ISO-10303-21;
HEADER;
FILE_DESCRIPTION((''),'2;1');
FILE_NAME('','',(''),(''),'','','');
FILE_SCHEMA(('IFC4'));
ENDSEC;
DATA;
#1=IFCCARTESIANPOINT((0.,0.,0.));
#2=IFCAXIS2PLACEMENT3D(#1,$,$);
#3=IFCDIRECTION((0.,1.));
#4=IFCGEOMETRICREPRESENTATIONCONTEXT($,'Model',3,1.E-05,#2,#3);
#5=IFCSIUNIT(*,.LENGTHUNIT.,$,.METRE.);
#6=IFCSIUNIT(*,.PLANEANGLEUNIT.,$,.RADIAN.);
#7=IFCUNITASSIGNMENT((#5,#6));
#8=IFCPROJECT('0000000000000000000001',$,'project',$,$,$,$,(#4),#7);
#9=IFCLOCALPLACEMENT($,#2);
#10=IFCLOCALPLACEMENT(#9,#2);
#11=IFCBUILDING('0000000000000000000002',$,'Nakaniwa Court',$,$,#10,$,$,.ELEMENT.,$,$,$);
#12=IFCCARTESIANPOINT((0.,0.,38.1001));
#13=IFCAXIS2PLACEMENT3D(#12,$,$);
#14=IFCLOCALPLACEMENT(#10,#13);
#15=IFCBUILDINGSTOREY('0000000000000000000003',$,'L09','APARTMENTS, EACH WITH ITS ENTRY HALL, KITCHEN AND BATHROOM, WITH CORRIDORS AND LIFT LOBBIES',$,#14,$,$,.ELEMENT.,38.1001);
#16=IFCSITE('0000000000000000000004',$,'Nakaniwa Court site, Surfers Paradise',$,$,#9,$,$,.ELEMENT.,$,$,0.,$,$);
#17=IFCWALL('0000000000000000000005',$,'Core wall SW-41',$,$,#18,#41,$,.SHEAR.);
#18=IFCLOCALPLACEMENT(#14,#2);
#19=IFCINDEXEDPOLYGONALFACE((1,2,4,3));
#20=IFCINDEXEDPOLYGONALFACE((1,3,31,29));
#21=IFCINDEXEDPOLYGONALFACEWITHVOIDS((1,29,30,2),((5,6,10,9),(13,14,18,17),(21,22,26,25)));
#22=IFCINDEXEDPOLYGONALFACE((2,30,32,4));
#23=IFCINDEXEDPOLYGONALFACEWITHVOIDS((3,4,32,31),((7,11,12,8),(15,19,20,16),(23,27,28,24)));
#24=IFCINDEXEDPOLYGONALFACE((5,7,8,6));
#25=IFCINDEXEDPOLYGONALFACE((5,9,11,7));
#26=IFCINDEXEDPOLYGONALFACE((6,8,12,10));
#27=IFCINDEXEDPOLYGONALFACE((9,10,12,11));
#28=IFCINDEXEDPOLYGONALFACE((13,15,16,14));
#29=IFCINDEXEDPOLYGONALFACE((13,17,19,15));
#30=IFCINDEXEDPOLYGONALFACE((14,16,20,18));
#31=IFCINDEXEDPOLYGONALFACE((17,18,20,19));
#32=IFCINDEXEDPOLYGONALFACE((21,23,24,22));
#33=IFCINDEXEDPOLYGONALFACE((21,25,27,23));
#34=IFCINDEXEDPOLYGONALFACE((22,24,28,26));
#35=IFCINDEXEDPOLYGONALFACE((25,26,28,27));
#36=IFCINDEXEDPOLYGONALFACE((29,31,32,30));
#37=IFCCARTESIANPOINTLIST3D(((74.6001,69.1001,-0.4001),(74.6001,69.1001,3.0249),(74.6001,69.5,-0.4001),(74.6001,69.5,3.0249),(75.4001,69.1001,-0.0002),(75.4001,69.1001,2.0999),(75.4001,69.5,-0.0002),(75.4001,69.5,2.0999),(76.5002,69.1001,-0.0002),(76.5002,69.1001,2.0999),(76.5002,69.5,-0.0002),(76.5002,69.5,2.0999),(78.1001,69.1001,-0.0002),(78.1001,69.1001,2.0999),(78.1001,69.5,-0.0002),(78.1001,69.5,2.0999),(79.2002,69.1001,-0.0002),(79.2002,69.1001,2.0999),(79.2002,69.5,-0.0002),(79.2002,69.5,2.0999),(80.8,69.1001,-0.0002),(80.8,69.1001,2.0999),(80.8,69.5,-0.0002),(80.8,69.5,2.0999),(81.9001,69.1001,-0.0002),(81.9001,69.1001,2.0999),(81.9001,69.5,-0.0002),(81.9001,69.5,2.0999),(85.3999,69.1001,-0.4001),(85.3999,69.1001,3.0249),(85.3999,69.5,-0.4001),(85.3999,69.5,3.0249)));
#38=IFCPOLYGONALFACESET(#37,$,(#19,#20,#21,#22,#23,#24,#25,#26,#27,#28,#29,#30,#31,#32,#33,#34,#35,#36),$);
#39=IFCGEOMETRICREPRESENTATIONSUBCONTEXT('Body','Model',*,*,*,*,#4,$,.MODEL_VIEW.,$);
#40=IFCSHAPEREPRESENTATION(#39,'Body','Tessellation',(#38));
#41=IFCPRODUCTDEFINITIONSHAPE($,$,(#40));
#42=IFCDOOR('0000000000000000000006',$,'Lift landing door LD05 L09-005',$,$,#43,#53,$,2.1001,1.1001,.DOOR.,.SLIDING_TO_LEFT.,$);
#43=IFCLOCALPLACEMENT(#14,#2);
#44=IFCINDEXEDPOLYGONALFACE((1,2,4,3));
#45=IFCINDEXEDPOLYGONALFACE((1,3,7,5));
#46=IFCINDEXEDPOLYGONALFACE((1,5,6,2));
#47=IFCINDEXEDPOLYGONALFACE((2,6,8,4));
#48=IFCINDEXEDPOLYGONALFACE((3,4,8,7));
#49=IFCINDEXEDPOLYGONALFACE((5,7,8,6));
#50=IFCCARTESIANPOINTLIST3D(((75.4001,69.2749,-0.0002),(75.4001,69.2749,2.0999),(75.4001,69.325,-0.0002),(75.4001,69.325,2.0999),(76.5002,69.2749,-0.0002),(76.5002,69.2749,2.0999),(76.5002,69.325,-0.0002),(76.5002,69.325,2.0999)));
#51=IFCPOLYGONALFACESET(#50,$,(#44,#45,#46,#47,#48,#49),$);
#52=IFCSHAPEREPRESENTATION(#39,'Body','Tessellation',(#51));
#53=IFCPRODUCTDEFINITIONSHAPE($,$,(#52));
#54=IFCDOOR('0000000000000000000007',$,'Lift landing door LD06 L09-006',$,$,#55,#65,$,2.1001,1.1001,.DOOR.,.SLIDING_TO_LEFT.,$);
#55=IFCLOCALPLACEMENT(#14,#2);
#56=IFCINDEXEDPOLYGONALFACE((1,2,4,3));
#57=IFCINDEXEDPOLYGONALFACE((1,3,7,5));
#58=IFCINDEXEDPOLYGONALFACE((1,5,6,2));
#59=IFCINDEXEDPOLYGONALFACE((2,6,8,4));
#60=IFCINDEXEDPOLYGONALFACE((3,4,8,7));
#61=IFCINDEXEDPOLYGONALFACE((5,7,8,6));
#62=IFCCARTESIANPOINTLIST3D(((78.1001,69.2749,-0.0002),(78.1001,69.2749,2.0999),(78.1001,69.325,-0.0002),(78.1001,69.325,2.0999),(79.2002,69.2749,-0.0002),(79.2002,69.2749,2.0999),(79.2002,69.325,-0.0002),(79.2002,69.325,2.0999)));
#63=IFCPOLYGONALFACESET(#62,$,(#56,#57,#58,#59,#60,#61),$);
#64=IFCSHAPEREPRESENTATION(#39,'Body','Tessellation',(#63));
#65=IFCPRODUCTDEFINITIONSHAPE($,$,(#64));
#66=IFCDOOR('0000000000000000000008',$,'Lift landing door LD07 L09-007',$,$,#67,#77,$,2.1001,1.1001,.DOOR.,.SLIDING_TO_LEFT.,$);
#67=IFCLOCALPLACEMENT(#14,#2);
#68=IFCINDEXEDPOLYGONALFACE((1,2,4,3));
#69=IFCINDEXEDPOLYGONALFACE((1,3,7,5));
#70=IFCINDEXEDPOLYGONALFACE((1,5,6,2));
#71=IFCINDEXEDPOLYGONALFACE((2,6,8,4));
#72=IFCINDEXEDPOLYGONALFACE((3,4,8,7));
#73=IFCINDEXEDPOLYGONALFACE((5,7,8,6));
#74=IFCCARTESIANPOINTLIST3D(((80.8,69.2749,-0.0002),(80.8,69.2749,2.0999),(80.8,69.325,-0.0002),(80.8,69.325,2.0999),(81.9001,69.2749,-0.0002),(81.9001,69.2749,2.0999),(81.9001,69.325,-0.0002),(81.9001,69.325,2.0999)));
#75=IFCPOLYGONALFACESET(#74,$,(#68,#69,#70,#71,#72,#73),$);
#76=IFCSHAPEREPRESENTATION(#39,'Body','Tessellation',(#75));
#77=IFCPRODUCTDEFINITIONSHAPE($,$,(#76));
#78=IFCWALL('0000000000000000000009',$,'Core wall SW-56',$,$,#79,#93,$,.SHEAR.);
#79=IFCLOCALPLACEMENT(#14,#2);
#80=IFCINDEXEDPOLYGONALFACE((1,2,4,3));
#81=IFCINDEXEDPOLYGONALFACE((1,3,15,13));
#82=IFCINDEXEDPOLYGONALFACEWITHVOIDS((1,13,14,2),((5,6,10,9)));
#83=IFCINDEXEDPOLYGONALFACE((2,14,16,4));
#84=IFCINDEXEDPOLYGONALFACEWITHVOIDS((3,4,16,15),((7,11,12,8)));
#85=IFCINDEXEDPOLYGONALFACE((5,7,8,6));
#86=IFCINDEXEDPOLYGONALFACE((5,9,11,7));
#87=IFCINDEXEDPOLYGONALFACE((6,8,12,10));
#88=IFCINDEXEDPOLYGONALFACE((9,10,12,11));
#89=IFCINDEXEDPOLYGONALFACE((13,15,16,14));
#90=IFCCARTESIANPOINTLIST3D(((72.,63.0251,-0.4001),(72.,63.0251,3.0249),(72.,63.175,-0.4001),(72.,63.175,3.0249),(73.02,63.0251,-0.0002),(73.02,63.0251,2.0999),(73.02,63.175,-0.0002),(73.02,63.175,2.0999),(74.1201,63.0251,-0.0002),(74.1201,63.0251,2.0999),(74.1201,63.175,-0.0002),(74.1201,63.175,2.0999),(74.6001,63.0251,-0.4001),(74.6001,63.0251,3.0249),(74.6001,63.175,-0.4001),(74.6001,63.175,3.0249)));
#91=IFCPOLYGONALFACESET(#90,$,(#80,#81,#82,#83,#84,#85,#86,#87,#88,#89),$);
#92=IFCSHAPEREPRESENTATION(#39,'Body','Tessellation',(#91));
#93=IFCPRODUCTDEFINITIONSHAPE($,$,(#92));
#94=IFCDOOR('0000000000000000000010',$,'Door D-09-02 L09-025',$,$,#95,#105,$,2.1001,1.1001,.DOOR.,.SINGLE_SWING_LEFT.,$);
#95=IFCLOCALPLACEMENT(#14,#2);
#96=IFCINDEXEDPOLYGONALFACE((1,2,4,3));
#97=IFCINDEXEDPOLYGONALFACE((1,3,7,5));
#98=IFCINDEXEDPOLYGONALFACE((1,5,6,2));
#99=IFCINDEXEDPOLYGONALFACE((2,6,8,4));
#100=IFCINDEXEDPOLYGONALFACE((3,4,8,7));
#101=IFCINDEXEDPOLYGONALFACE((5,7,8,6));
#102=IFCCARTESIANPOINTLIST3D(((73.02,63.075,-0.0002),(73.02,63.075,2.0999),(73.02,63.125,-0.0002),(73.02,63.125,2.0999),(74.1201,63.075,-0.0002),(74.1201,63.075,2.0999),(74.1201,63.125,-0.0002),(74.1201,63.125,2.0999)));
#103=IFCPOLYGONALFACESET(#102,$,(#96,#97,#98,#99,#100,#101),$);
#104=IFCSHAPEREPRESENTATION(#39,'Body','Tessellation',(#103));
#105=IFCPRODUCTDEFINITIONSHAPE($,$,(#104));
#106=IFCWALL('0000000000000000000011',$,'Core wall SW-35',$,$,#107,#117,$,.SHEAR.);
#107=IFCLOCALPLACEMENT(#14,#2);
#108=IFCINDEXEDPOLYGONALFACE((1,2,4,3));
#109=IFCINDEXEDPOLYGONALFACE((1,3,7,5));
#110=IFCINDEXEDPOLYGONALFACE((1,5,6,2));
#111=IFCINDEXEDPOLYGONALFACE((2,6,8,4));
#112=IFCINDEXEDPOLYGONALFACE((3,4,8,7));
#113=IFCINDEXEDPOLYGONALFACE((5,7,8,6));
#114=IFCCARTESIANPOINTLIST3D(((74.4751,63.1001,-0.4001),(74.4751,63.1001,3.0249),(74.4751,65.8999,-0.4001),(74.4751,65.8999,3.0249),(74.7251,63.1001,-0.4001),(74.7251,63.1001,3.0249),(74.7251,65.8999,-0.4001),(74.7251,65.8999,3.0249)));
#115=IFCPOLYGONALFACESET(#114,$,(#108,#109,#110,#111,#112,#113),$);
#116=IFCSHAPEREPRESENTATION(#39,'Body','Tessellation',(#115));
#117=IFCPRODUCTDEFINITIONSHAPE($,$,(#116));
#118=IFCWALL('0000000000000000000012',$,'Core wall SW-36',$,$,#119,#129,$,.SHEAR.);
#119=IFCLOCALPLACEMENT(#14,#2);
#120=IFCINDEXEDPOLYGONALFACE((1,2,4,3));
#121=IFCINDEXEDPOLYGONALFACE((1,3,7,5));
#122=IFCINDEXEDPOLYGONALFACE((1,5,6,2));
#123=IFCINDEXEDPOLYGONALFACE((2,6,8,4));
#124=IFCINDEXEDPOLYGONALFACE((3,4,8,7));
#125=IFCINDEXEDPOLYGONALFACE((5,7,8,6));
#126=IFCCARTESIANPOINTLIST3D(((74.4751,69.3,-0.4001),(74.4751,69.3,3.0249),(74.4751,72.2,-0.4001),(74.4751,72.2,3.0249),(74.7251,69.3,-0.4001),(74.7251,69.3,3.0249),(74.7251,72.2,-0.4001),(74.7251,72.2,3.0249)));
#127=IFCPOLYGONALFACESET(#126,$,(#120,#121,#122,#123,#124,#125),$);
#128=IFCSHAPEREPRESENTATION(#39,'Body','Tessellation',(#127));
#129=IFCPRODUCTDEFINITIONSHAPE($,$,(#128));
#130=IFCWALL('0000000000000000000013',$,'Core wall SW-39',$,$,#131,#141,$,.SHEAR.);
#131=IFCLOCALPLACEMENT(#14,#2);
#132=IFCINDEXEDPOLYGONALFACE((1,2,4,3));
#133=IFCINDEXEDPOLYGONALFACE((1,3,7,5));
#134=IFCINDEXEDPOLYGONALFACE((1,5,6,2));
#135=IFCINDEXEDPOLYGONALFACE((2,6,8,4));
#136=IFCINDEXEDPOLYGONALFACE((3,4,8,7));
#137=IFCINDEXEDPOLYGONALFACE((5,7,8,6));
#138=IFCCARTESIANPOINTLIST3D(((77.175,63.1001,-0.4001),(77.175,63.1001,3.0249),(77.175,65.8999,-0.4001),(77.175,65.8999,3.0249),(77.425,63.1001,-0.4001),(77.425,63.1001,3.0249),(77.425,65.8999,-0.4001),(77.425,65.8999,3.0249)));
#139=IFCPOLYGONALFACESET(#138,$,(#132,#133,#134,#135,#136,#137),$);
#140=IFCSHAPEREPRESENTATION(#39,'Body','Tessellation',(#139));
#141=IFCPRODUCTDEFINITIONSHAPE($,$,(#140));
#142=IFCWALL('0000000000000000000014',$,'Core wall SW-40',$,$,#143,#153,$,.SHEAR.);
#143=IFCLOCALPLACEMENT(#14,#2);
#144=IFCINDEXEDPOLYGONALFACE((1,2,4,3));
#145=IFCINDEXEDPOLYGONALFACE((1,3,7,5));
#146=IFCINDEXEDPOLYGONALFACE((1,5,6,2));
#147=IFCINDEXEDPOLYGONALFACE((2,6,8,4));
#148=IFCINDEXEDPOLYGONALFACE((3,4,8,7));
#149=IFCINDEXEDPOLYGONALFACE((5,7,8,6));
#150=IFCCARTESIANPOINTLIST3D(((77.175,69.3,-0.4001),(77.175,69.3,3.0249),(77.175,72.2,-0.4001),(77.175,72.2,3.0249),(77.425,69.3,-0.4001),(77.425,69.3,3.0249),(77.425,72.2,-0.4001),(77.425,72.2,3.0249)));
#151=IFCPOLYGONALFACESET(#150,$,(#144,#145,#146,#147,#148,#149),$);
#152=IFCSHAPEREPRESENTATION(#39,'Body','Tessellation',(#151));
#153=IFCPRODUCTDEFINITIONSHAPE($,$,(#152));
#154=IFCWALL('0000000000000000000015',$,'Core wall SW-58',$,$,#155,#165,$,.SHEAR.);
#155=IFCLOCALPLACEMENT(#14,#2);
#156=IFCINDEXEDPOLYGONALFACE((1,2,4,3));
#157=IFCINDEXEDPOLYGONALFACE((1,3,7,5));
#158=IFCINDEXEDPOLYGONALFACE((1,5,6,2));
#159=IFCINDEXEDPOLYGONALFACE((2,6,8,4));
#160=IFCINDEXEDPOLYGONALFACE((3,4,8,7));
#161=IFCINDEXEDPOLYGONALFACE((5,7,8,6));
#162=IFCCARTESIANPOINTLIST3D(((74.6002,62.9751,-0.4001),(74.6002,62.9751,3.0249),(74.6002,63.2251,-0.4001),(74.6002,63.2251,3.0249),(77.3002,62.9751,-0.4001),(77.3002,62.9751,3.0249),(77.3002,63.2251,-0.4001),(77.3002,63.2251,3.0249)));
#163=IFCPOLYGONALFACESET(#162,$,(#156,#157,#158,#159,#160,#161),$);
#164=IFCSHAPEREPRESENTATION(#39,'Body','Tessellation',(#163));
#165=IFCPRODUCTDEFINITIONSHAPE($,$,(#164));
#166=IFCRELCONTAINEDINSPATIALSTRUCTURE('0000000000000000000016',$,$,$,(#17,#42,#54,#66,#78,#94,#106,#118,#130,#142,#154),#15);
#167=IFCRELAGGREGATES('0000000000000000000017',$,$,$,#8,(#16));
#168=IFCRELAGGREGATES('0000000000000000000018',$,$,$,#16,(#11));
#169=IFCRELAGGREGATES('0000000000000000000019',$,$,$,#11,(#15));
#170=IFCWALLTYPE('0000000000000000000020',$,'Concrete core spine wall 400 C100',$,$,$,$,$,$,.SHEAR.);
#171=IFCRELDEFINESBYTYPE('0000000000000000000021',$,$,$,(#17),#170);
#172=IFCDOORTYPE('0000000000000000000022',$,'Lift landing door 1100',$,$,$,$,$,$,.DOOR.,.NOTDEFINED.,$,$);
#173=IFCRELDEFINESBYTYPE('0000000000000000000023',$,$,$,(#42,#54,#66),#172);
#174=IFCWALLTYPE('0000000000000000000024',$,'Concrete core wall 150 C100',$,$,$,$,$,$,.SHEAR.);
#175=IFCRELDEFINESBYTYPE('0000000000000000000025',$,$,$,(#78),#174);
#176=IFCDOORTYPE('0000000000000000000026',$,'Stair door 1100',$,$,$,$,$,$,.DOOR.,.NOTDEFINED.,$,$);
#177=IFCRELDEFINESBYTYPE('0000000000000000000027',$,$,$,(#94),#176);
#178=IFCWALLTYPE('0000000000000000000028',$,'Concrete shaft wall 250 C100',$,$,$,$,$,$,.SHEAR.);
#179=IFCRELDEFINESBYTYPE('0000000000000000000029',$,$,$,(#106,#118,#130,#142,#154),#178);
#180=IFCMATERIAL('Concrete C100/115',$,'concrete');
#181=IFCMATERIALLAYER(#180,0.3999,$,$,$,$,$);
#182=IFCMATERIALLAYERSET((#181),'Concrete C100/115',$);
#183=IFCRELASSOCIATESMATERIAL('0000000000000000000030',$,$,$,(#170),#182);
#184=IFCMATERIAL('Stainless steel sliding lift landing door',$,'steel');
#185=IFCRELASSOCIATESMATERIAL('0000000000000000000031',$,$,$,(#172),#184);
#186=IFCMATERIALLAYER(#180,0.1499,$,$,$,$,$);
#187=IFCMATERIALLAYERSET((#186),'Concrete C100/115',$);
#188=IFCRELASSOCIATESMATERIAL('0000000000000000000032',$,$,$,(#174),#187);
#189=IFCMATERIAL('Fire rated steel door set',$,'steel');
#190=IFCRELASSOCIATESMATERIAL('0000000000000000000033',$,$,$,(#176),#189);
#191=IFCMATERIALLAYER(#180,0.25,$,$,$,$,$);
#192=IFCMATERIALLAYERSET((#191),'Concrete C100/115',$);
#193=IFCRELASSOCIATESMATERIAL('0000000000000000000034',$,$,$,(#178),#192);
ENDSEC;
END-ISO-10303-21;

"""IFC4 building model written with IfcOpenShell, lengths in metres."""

from ifc_helpers import new_model, si_unit, direction, frame, frame_2d, origin, place, context, subcontext, project, spatial, rectangle, extrude, material, layer, layer_set, type_object, element, fill, save


model = new_model("IFC4")

# Units and contexts
model_context = context("Model", 3, precision=1e-05, world=origin(), true_north=direction((0.0, 1.0)))
body_context = subcontext(model_context, "Body", "Model", "MODEL_VIEW")
ifc_project = project(units=[si_unit("LENGTHUNIT", "METRE"), si_unit("PLANEANGLEUNIT", "RADIAN")], contexts=[model_context])

# Site, building, storey
site_placement = place(None, origin())
site = spatial("IfcSite", under=ifc_project, at=site_placement, Name="Nakaniwa Court site, Surfers Paradise", CompositionType="ELEMENT", RefElevation=0.0)
building_placement = place(site_placement, origin())
building = spatial("IfcBuilding", under=site, at=building_placement, Name="Nakaniwa Court", CompositionType="ELEMENT")
storey_placement = place(building_placement, frame((0.0, 0.0, 38.1001)))
storey = spatial("IfcBuildingStorey", under=building, at=storey_placement, Name="L09", Description="APARTMENTS, EACH WITH ITS ENTRY HALL, KITCHEN AND BATHROOM, WITH CORRIDORS AND LIFT LOBBIES", CompositionType="ELEMENT", Elevation=38.1001)

# Shared definitions
ifc_material_1 = material(Name="Fire rated steel door set", Category="steel")

# Shared definitions
ifc_material_2 = material(Name="Concrete C100/115", Category="concrete")

# Wall, openings, doors
ifc_layer_1 = layer(ifc_material_2, 0.3999)
ifc_layer_set_1 = layer_set([ifc_layer_1], Name="Concrete C100/115")
wall_type_1 = type_object("IfcWallType", Name="Concrete core spine wall 400 C100", PredefinedType="SHEAR", material=ifc_layer_set_1)
wall_1_placement = place(storey_placement, frame((74.6001, 69.3, -0.4001), z_axis=(0.0, 0.0, 1.0), x_axis=(1.0, 0.0, 0.0)))
wall_1 = element("IfcWall", 1, at=wall_1_placement, inside=storey, type_object=wall_type_1, Name="Core wall SW-41", PredefinedType="SHEAR", context=body_context, shape_type="SweptSolid", body=[
    extrude(rectangle(XDim=10.7998, YDim=0.3999, at=frame_2d((5.3999, 0.0))), origin(), (0.0, 0.0, 1.0), 3.425),
])
opening_1_placement = place(wall_1_placement, frame((0.8, 0.0, 0.3999)))
opening_1 = element("IfcOpeningElement", 2, at=opening_1_placement, cuts=wall_1, PredefinedType="OPENING", context=body_context, shape_type="SweptSolid", body=[
    extrude(rectangle(XDim=1.1001, YDim=2.1001, at=frame_2d((0.55, 1.05))), frame((0.0, 0.21, 0.0), z_axis=(0.0, -1.0, 0.0), x_axis=(1.0, 0.0, 0.0)), (0.0, 0.0, 1.0), 0.4199),
])
opening_2_placement = place(wall_1_placement, frame((3.5, 0.0, 0.3999)))
opening_2 = element("IfcOpeningElement", 3, at=opening_2_placement, cuts=wall_1, PredefinedType="OPENING", context=body_context, shape_type="SweptSolid", body=[
    extrude(rectangle(XDim=1.1001, YDim=2.1001, at=frame_2d((0.55, 1.05))), frame((0.0, 0.21, 0.0), z_axis=(0.0, -1.0, 0.0), x_axis=(1.0, 0.0, 0.0)), (0.0, 0.0, 1.0), 0.4199),
])
opening_3_placement = place(wall_1_placement, frame((6.2, 0.0, 0.3999)))
opening_3 = element("IfcOpeningElement", 4, at=opening_3_placement, cuts=wall_1, PredefinedType="OPENING", context=body_context, shape_type="SweptSolid", body=[
    extrude(rectangle(XDim=1.1001, YDim=2.1001, at=frame_2d((0.55, 1.05))), frame((0.0, 0.21, 0.0), z_axis=(0.0, -1.0, 0.0), x_axis=(1.0, 0.0, 0.0)), (0.0, 0.0, 1.0), 0.4199),
])
ifc_material_3 = material(Name="Stainless steel sliding lift landing door", Category="steel")
door_type_1 = type_object("IfcDoorType", Name="Lift landing door 1100", OperationType="NOTDEFINED", PredefinedType="DOOR", material=ifc_material_3)
door_1_placement = place(opening_1_placement, origin())
door_1 = element("IfcDoor", 5, at=door_1_placement, inside=storey, type_object=door_type_1, Name="Lift landing door LD05 L09-005", OperationType="SLIDING_TO_LEFT", OverallHeight=2.1001, OverallWidth=1.1001, PredefinedType="DOOR", context=body_context, shape_type="SweptSolid", body=[
    extrude(rectangle(XDim=1.1001, YDim=2.1001, at=frame_2d((0.55, 1.05))), frame((0.0, 0.0249, 0.0), z_axis=(0.0, -1.0, 0.0), x_axis=(1.0, 0.0, 0.0)), (0.0, 0.0, 1.0), 0.05),
])
fill(opening_1, door_1)
door_2_placement = place(opening_2_placement, origin())
door_2 = element("IfcDoor", 6, at=door_2_placement, inside=storey, type_object=door_type_1, Name="Lift landing door LD06 L09-006", OperationType="SLIDING_TO_LEFT", OverallHeight=2.1001, OverallWidth=1.1001, PredefinedType="DOOR", context=body_context, shape_type="SweptSolid", body=[
    extrude(rectangle(XDim=1.1001, YDim=2.1001, at=frame_2d((0.55, 1.05))), frame((0.0, 0.0249, 0.0), z_axis=(0.0, -1.0, 0.0), x_axis=(1.0, 0.0, 0.0)), (0.0, 0.0, 1.0), 0.05),
])
fill(opening_2, door_2)
door_3_placement = place(opening_3_placement, origin())
door_3 = element("IfcDoor", 7, at=door_3_placement, inside=storey, type_object=door_type_1, Name="Lift landing door LD07 L09-007", OperationType="SLIDING_TO_LEFT", OverallHeight=2.1001, OverallWidth=1.1001, PredefinedType="DOOR", context=body_context, shape_type="SweptSolid", body=[
    extrude(rectangle(XDim=1.1001, YDim=2.1001, at=frame_2d((0.55, 1.05))), frame((0.0, 0.0249, 0.0), z_axis=(0.0, -1.0, 0.0), x_axis=(1.0, 0.0, 0.0)), (0.0, 0.0, 1.0), 0.05),
])
fill(opening_3, door_3)

# Wall, opening, door
ifc_layer_2 = layer(ifc_material_2, 0.1499)
ifc_layer_set_2 = layer_set([ifc_layer_2], Name="Concrete C100/115")
wall_type_2 = type_object("IfcWallType", Name="Concrete core wall 150 C100", PredefinedType="SHEAR", material=ifc_layer_set_2)
wall_2_placement = place(storey_placement, frame((72.0, 63.1001, -0.4001), z_axis=(0.0, 0.0, 1.0), x_axis=(1.0, 0.0, 0.0)))
wall_2 = element("IfcWall", 8, at=wall_2_placement, inside=storey, type_object=wall_type_2, Name="Core wall SW-56", PredefinedType="SHEAR", context=body_context, shape_type="SweptSolid", body=[
    extrude(rectangle(XDim=2.6001, YDim=0.1499, at=frame_2d((1.3, 0.0))), origin(), (0.0, 0.0, 1.0), 3.425),
])
opening_4_placement = place(wall_2_placement, frame((1.02, 0.0, 0.3999)))
opening_4 = element("IfcOpeningElement", 9, at=opening_4_placement, cuts=wall_2, PredefinedType="OPENING", context=body_context, shape_type="SweptSolid", body=[
    extrude(rectangle(XDim=1.1001, YDim=2.1001, at=frame_2d((0.55, 1.05))), frame((0.0, 0.085, 0.0), z_axis=(0.0, -1.0, 0.0), x_axis=(1.0, 0.0, 0.0)), (0.0, 0.0, 1.0), 0.1699),
])
door_type_2 = type_object("IfcDoorType", Name="Stair door 1100", OperationType="NOTDEFINED", PredefinedType="DOOR", material=ifc_material_1)
door_4_placement = place(opening_4_placement, origin())
door_4 = element("IfcDoor", 10, at=door_4_placement, inside=storey, type_object=door_type_2, Name="Door D-09-02 L09-025", OperationType="SINGLE_SWING_LEFT", OverallHeight=2.1001, OverallWidth=1.1001, PredefinedType="DOOR", context=body_context, shape_type="SweptSolid", body=[
    extrude(rectangle(XDim=1.1001, YDim=2.1001, at=frame_2d((0.55, 1.05))), frame((0.0, 0.0249, 0.0), z_axis=(0.0, -1.0, 0.0), x_axis=(1.0, 0.0, 0.0)), (0.0, 0.0, 1.0), 0.05),
])
fill(opening_4, door_4)

# Walls
ifc_layer_3 = layer(ifc_material_2, 0.25)
ifc_layer_set_3 = layer_set([ifc_layer_3], Name="Concrete C100/115")
wall_type_3 = type_object("IfcWallType", Name="Concrete shaft wall 250 C100", PredefinedType="SHEAR", material=ifc_layer_set_3)
wall_3_placement = place(storey_placement, frame((74.6001, 63.1001, -0.4001), z_axis=(0.0, 0.0, 1.0), x_axis=(0.0, 1.0, 0.0)))
element("IfcWall", 11, at=wall_3_placement, inside=storey, type_object=wall_type_3, Name="Core wall SW-35", PredefinedType="SHEAR", context=body_context, shape_type="SweptSolid", body=[
    extrude(rectangle(XDim=2.7998, YDim=0.25, at=frame_2d((1.3999, 0.0))), origin(), (0.0, 0.0, 1.0), 3.425),
])
wall_4_placement = place(storey_placement, frame((74.6001, 69.3, -0.4001), z_axis=(0.0, 0.0, 1.0), x_axis=(0.0, 1.0, 0.0)))
element("IfcWall", 12, at=wall_4_placement, inside=storey, type_object=wall_type_3, Name="Core wall SW-36", PredefinedType="SHEAR", context=body_context, shape_type="SweptSolid", body=[
    extrude(rectangle(XDim=2.8999, YDim=0.25, at=frame_2d((1.45, 0.0))), origin(), (0.0, 0.0, 1.0), 3.425),
])
wall_5_placement = place(storey_placement, frame((77.3, 63.1001, -0.4001), z_axis=(0.0, 0.0, 1.0), x_axis=(0.0, 1.0, 0.0)))
element("IfcWall", 13, at=wall_5_placement, inside=storey, type_object=wall_type_3, Name="Core wall SW-39", PredefinedType="SHEAR", context=body_context, shape_type="SweptSolid", body=[
    extrude(rectangle(XDim=2.7998, YDim=0.25, at=frame_2d((1.3999, 0.0))), origin(), (0.0, 0.0, 1.0), 3.425),
])
wall_6_placement = place(storey_placement, frame((77.3, 69.3, -0.4001), z_axis=(0.0, 0.0, 1.0), x_axis=(0.0, 1.0, 0.0)))
element("IfcWall", 14, at=wall_6_placement, inside=storey, type_object=wall_type_3, Name="Core wall SW-40", PredefinedType="SHEAR", context=body_context, shape_type="SweptSolid", body=[
    extrude(rectangle(XDim=2.8999, YDim=0.25, at=frame_2d((1.45, 0.0))), origin(), (0.0, 0.0, 1.0), 3.425),
])
wall_7_placement = place(storey_placement, frame((74.6001, 63.1001, -0.4001), z_axis=(0.0, 0.0, 1.0), x_axis=(1.0, 0.0, 0.0)))
element("IfcWall", 15, at=wall_7_placement, inside=storey, type_object=wall_type_3, Name="Core wall SW-58", PredefinedType="SHEAR", context=body_context, shape_type="SweptSolid", body=[
    extrude(rectangle(XDim=2.7, YDim=0.25, at=frame_2d((1.3501, 0.0))), origin(), (0.0, 0.0, 1.0), 3.425),
])

save(model, "model.ifc")
